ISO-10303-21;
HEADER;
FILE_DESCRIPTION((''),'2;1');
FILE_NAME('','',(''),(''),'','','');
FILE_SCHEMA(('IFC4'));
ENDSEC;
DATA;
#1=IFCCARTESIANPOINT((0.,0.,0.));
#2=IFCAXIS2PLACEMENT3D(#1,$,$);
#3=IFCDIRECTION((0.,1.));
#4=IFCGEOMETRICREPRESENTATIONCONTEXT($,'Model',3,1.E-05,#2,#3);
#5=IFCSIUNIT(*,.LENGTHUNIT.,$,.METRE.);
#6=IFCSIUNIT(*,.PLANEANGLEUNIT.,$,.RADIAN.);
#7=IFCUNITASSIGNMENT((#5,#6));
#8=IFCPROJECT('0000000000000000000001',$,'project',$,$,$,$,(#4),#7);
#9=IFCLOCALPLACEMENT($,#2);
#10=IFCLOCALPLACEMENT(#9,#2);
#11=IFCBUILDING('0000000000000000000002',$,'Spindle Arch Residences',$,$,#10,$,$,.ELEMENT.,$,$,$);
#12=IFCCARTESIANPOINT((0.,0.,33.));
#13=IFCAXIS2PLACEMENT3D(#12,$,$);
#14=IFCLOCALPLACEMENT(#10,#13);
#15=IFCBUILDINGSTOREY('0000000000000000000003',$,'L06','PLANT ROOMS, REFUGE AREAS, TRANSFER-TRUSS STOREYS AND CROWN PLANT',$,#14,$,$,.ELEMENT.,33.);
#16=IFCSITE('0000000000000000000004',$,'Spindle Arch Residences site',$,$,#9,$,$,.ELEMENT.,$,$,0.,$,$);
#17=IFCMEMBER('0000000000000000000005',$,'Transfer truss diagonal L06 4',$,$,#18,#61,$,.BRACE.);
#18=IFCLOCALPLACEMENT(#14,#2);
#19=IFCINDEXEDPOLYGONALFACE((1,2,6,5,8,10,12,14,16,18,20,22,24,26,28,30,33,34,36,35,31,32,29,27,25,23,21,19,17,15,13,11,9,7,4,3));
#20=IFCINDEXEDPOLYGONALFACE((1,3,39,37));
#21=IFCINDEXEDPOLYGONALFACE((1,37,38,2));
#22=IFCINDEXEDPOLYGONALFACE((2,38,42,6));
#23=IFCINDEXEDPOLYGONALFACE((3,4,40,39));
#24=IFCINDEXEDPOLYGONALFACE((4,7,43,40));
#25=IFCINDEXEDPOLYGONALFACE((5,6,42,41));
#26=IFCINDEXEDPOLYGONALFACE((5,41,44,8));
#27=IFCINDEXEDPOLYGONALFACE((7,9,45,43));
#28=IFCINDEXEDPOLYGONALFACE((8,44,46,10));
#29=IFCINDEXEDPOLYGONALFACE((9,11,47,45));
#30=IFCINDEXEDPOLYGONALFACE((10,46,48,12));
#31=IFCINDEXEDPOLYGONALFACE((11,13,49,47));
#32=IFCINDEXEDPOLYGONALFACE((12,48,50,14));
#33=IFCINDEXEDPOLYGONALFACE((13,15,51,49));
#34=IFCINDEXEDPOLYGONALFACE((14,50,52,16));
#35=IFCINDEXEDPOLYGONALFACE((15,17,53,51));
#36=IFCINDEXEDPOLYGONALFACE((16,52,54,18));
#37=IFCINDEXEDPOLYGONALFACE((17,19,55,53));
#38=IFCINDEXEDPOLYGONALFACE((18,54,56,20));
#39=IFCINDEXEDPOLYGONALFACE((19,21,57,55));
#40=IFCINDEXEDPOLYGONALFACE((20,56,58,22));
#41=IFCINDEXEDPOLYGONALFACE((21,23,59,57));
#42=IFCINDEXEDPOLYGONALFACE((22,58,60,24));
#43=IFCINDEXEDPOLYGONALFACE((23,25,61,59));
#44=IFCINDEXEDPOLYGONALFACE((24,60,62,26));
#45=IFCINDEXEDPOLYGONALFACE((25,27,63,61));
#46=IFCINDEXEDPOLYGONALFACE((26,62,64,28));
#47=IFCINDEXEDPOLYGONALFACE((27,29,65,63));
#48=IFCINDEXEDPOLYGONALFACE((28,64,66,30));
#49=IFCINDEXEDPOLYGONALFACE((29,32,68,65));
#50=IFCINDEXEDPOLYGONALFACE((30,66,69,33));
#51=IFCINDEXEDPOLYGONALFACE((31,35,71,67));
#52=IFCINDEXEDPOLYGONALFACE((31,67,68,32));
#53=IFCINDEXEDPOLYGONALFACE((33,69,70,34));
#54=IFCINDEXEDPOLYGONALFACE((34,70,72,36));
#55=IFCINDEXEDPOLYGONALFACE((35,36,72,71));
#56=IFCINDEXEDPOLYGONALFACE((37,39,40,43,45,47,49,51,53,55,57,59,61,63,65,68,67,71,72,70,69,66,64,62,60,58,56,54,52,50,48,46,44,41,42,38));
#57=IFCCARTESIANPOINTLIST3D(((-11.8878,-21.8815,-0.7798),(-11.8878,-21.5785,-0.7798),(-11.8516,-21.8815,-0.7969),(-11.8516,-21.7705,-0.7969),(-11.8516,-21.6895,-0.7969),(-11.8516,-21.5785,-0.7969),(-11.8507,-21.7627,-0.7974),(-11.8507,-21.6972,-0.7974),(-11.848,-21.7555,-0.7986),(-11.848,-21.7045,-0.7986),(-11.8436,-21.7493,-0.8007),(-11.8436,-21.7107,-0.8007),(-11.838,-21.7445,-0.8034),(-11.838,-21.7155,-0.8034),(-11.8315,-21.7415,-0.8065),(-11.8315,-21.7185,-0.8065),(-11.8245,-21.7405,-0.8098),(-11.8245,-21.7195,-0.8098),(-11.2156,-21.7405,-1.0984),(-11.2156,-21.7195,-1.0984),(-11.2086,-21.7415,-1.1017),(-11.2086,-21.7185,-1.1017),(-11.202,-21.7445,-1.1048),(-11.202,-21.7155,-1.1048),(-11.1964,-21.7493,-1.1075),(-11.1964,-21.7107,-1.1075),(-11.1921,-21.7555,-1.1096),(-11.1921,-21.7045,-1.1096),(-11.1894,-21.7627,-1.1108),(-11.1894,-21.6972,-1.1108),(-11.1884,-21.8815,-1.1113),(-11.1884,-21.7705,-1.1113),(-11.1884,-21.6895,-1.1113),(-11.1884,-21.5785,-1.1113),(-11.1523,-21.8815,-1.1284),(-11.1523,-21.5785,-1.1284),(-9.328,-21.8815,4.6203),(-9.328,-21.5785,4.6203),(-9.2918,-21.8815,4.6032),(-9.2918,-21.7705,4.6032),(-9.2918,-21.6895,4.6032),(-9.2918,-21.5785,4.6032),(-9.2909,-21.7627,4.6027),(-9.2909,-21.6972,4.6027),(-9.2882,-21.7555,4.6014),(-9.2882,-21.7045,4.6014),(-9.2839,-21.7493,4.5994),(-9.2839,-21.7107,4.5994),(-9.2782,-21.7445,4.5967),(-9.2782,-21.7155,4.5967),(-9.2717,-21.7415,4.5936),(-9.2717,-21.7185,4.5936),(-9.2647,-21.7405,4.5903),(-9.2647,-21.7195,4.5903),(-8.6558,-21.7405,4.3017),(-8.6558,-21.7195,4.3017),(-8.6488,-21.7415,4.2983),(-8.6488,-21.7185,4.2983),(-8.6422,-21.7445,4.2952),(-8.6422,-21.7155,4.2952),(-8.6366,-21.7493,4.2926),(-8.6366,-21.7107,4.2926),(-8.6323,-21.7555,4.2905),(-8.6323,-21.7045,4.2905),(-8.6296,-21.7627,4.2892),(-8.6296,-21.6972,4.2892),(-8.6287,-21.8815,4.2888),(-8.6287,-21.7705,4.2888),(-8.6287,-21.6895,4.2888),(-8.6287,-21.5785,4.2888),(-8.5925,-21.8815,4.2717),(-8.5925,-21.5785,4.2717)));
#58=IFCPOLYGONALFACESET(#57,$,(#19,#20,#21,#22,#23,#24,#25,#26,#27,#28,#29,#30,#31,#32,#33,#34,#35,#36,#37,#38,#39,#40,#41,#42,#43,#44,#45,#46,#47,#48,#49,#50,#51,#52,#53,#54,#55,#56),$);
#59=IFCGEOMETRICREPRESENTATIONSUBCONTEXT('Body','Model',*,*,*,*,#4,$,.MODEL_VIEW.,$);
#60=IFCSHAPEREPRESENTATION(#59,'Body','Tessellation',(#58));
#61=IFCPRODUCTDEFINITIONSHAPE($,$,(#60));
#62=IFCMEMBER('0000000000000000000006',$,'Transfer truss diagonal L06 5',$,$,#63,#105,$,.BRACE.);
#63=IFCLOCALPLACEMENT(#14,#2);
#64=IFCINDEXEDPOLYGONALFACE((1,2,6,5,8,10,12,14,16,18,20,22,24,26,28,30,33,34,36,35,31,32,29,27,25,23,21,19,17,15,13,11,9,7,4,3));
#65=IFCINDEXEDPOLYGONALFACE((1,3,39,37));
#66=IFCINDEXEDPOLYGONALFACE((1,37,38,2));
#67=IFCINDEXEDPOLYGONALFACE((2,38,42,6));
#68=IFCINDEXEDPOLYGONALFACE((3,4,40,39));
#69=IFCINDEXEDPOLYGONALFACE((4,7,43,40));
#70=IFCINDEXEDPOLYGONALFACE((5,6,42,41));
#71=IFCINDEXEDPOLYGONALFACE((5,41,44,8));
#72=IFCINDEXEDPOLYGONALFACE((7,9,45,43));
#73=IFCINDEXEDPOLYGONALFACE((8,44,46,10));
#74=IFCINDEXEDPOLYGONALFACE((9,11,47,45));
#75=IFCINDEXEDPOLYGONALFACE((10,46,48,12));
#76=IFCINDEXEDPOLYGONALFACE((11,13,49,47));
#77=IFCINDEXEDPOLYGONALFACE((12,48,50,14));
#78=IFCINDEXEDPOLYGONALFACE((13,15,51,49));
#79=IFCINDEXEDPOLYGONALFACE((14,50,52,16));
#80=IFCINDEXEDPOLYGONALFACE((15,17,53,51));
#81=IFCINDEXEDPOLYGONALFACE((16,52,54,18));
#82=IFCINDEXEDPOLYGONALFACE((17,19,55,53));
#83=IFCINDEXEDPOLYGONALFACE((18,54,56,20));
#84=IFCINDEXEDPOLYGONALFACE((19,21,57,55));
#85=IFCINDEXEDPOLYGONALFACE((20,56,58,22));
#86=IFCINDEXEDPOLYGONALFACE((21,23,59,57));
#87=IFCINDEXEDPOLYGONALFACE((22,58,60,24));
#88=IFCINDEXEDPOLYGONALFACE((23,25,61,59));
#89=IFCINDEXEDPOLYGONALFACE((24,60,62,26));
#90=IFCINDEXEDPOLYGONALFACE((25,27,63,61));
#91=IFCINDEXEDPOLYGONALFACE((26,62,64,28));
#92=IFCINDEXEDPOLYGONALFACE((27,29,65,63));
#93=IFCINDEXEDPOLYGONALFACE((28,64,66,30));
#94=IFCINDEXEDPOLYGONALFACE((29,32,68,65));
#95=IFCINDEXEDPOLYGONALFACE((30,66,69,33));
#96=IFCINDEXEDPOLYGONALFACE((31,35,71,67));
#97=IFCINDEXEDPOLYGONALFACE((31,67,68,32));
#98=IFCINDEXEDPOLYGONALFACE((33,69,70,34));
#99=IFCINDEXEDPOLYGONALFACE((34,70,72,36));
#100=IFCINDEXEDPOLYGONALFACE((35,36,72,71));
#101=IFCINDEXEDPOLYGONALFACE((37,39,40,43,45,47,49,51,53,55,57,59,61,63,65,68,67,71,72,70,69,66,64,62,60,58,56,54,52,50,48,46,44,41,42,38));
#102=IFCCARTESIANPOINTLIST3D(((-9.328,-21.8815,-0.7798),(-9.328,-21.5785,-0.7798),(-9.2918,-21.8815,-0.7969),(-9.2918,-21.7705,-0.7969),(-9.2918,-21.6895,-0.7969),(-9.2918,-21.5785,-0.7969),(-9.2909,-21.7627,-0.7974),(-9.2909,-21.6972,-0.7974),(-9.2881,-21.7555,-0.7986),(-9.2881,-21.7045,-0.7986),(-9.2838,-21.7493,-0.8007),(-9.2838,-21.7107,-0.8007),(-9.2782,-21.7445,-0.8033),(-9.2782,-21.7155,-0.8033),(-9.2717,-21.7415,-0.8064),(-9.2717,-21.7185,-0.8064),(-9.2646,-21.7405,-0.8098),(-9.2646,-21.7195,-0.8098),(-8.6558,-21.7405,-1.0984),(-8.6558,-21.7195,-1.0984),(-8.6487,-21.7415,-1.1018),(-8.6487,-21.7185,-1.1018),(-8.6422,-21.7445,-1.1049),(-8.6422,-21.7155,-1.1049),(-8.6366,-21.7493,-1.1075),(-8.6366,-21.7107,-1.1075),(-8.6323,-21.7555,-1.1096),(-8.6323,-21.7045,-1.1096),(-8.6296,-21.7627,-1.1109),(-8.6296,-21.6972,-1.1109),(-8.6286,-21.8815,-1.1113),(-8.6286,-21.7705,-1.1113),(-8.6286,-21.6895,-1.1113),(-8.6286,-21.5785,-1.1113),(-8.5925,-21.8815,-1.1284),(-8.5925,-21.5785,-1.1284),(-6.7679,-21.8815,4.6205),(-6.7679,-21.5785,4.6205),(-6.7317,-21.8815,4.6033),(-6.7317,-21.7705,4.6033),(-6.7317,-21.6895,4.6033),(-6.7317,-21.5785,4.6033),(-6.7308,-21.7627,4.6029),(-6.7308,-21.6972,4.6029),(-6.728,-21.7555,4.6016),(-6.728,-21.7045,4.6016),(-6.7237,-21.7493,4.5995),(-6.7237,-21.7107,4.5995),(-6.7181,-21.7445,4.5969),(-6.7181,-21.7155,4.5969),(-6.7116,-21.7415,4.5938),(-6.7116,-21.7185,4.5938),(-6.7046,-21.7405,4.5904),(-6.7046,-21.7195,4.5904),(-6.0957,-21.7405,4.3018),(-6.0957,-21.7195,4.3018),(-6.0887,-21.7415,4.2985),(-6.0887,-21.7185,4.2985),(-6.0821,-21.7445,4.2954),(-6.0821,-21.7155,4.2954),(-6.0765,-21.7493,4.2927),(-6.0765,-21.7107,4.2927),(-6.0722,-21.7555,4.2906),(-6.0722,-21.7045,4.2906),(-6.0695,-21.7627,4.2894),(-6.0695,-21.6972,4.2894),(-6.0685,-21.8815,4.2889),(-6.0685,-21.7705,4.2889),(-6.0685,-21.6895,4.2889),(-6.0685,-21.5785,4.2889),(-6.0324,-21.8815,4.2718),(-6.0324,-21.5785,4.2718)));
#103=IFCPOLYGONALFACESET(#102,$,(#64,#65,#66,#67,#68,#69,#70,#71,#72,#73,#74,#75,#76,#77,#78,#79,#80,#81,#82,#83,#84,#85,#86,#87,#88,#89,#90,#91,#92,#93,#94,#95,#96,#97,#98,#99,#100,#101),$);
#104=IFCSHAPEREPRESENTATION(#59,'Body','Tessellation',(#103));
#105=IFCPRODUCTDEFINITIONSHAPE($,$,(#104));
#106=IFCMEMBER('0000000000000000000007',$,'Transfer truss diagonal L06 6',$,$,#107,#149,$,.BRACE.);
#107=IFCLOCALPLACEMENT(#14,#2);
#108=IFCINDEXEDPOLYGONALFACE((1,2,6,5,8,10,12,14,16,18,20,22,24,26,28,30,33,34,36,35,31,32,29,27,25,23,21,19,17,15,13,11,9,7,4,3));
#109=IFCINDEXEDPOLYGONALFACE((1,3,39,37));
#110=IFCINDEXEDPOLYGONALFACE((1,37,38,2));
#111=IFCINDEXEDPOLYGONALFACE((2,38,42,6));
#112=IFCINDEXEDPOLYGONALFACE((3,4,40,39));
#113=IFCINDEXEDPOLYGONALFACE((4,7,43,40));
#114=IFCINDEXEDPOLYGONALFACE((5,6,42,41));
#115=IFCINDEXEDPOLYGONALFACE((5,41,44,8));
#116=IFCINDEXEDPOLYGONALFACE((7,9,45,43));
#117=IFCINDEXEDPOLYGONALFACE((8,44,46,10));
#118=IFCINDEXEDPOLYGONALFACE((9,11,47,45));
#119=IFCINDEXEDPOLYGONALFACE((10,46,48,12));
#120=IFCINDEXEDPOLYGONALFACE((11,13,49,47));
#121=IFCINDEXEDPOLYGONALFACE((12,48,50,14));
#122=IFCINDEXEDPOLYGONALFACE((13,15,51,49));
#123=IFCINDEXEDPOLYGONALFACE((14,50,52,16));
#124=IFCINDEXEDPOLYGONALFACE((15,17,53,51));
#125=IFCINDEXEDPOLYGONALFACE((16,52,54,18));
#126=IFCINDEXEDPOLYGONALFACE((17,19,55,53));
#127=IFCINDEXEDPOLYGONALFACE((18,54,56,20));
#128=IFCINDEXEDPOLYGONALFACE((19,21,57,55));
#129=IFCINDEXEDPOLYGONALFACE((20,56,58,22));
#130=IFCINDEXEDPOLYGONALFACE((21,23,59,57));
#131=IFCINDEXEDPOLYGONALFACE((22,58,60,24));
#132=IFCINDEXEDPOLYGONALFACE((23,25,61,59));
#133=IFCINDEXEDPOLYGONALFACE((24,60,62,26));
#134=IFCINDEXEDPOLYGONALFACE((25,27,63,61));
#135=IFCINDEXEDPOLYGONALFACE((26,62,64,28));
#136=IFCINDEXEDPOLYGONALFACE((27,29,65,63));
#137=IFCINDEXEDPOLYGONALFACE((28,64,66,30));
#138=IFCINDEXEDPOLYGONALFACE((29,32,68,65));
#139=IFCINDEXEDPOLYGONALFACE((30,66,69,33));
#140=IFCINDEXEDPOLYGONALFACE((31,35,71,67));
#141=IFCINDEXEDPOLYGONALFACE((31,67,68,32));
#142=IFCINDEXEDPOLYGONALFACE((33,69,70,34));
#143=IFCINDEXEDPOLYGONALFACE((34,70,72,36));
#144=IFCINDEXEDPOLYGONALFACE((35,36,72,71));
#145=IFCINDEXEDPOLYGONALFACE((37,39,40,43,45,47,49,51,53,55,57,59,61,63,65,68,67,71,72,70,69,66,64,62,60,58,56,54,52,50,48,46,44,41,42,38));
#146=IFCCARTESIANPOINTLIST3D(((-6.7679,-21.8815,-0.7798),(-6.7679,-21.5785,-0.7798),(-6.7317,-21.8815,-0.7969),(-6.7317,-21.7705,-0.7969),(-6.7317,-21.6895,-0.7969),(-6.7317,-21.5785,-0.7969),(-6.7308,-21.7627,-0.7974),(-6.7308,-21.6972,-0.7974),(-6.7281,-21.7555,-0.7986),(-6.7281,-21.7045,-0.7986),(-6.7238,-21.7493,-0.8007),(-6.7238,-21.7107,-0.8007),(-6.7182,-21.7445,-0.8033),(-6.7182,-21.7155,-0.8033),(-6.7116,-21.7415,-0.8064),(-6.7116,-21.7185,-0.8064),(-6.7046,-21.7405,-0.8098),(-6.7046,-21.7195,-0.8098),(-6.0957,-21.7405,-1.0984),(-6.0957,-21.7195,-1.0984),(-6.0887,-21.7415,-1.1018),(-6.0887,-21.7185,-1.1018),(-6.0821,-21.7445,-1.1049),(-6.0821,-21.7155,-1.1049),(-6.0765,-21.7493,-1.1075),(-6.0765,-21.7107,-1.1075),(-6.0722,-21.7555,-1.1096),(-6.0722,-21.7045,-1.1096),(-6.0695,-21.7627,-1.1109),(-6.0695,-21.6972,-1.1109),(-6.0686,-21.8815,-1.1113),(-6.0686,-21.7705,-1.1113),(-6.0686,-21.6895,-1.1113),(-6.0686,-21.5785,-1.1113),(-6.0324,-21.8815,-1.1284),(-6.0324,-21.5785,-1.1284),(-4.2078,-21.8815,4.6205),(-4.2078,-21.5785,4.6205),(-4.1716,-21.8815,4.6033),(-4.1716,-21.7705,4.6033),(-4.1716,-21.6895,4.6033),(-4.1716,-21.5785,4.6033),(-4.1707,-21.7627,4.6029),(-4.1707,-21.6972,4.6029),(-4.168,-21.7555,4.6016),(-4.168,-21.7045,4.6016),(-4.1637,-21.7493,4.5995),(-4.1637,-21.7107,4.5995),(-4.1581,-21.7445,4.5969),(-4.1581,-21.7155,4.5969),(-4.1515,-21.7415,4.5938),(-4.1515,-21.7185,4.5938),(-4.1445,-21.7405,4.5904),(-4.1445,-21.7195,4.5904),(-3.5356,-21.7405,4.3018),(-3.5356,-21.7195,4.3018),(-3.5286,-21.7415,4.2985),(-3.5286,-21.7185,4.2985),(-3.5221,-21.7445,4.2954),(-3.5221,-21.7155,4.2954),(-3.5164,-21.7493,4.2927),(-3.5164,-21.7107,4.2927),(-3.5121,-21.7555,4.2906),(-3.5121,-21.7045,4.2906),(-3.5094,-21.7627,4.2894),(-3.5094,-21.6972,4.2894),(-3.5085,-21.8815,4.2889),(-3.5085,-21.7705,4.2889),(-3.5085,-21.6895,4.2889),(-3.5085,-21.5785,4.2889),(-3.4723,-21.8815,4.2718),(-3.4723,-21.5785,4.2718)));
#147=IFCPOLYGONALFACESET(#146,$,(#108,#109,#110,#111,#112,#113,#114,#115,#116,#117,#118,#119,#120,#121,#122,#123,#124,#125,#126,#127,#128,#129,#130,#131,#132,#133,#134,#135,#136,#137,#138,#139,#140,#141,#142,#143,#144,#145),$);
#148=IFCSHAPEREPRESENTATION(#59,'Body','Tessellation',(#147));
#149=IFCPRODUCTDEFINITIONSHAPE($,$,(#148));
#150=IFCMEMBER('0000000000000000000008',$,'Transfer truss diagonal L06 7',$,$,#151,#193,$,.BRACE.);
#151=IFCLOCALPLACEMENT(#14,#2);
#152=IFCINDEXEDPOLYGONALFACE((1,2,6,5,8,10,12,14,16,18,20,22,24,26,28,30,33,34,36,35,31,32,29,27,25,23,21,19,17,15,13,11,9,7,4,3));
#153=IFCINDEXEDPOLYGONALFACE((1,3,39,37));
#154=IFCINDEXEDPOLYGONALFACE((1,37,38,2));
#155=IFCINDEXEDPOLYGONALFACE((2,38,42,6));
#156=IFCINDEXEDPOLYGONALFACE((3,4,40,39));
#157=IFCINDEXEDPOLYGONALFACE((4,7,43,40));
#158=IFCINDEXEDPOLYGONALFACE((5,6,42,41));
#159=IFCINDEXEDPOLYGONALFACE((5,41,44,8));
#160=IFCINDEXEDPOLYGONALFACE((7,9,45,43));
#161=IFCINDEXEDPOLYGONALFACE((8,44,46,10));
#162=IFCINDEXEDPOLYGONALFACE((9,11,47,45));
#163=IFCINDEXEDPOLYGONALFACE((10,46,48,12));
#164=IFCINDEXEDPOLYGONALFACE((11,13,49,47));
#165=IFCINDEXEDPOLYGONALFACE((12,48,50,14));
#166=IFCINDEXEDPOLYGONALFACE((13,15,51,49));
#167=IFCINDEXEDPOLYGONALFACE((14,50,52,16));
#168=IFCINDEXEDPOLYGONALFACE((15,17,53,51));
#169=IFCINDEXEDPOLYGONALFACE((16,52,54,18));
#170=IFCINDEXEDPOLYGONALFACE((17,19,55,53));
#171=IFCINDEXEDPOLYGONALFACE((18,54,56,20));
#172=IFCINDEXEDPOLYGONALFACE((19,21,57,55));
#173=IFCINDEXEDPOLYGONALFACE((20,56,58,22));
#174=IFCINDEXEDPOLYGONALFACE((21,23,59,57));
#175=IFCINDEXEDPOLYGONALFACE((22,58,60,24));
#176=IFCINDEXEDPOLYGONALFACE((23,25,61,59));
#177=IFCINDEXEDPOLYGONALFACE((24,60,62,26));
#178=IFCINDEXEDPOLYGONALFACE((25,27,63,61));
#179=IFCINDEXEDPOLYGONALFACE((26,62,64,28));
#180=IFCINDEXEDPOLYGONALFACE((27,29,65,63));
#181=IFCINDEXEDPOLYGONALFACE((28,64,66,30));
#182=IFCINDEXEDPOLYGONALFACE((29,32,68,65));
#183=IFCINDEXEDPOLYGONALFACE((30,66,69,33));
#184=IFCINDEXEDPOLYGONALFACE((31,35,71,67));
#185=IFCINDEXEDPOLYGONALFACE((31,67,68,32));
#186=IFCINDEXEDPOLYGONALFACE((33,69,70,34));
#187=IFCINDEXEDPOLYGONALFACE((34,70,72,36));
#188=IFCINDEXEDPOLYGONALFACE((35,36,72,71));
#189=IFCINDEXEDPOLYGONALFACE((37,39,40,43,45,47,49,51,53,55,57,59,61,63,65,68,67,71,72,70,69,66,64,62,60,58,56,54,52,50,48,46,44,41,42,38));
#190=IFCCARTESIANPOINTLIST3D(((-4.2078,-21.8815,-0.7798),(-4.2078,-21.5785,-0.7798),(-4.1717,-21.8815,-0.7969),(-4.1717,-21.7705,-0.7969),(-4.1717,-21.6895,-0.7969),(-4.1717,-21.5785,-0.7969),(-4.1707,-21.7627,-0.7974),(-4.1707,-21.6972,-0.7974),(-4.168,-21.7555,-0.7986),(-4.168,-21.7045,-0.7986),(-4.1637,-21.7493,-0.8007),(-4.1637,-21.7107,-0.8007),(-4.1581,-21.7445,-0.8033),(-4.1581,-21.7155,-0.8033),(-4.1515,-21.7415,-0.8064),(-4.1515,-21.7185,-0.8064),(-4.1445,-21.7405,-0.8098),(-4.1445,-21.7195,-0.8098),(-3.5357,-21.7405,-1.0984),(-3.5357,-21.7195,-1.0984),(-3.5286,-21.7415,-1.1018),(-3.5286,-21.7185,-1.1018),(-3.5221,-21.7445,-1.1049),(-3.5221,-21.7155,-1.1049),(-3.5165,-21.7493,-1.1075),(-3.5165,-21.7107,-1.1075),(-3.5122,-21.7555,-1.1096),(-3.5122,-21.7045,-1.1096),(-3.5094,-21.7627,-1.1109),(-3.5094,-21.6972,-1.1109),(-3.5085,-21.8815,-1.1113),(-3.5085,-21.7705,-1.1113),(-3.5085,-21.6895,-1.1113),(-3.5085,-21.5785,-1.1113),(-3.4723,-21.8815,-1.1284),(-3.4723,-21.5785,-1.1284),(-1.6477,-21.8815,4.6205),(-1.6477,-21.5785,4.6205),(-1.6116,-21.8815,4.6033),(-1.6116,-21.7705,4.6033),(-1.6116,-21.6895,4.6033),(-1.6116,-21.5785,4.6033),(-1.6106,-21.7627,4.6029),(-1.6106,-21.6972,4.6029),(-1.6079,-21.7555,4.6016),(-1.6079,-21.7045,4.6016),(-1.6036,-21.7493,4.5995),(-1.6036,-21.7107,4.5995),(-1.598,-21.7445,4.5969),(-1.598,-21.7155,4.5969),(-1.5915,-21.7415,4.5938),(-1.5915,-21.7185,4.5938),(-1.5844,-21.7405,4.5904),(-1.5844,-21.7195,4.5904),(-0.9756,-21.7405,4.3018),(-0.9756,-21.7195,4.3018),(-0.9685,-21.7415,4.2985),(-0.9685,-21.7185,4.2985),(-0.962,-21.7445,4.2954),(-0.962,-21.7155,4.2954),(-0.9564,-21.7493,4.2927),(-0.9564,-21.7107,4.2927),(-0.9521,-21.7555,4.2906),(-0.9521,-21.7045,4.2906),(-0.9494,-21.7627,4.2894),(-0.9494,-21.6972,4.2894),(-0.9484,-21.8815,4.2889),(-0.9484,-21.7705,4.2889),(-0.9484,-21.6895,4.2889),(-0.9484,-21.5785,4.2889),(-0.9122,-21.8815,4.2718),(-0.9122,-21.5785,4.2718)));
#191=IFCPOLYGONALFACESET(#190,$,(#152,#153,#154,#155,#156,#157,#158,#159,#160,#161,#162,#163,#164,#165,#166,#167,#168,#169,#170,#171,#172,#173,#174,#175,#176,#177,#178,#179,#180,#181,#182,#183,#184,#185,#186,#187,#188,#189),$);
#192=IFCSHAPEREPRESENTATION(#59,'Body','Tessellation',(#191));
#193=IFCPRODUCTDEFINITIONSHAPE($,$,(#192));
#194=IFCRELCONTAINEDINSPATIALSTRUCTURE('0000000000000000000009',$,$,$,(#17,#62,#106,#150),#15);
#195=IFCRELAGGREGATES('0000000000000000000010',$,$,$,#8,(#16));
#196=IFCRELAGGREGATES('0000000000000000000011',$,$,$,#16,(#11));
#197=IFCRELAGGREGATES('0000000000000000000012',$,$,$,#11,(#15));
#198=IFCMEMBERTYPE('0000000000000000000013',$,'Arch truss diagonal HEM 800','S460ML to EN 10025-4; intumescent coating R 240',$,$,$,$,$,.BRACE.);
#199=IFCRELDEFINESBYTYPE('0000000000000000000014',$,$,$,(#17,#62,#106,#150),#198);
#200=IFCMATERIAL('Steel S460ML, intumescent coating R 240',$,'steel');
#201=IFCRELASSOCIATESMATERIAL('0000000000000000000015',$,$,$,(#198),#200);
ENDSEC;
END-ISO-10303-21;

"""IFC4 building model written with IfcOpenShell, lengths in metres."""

from ifc_helpers import new_model, si_unit, direction, frame, origin, origin_2d, place, context, subcontext, project, spatial, i_section, extrude, material, material_profile, profile_set, type_object, element, save


model = new_model("IFC4")

# Units and contexts
model_context = context("Model", 3, precision=1e-05, world=origin(), true_north=direction((0.0, 1.0)))
body_context = subcontext(model_context, "Body", "Model", "MODEL_VIEW")
ifc_project = project(units=[si_unit("LENGTHUNIT", "METRE"), si_unit("PLANEANGLEUNIT", "RADIAN")], contexts=[model_context])

# Site, building, storey
site_placement = place(None, origin())
site = spatial("IfcSite", under=ifc_project, at=site_placement, Name="Spindle Arch Residences site", CompositionType="ELEMENT", RefElevation=0.0)
building_placement = place(site_placement, origin())
building = spatial("IfcBuilding", under=site, at=building_placement, Name="Spindle Arch Residences", CompositionType="ELEMENT")
storey_placement = place(building_placement, frame((0.0, 0.0, 33.0)))
storey = spatial("IfcBuildingStorey", under=building, at=storey_placement, Name="L06", Description="PLANT ROOMS, REFUGE AREAS, TRANSFER-TRUSS STOREYS AND CROWN PLANT", CompositionType="ELEMENT", Elevation=33.0)

# Members
ifc_material_1 = material(Name="Steel S460ML, intumescent coating R 240", Category="steel")
ifc_material_profile_1 = material_profile(ifc_material_1, i_section(OverallWidth=0.303, OverallDepth=0.814, WebThickness=0.021, FlangeThickness=0.04, FilletRadius=0.03, at=origin_2d()), Name="HEM 800")
ifc_profile_set_1 = profile_set([ifc_material_profile_1], Name="Steel S460ML, intumescent coating R 240")
member_type_1 = type_object("IfcMemberType", Name="Arch truss diagonal HEM 800", Description="S460ML to EN 10025-4; intumescent coating R 240", PredefinedType="BRACE", material=ifc_profile_set_1)
member_placement = place(storey_placement, frame((-11.52, -21.73, -0.9541), z_axis=(0.428339, 0.0, 0.903618), x_axis=(0.0, 1.0, 0.0)))
element("IfcMember", 1, at=member_placement, inside=storey, type_object=member_type_1, Name="Transfer truss diagonal L06 4", PredefinedType="BRACE", context=body_context, shape_type="SweptSolid", body=[
    extrude(i_section(OverallWidth=0.303, OverallDepth=0.814, WebThickness=0.021, FlangeThickness=0.04, FilletRadius=0.03, at=origin_2d()), origin(), (0.0, 0.0, 1.0), 5.9761),
])
for number, where, z_axis, x_axis, name in (
    (2, (-8.9602, -21.73, -0.9541), (0.428373, 0.0, 0.903602), (0.0, 1.0, 0.0), "Transfer truss diagonal L06 5"),
    (3, (-6.4001, -21.73, -0.9541), (0.428373, 0.0, 0.903602), (0.0, 1.0, 0.0), "Transfer truss diagonal L06 6"),
    (4, (-3.8401, -21.73, -0.9541), (0.428373, 0.0, 0.903602), (0.0, 1.0, 0.0), "Transfer truss diagonal L06 7"),
):
    element("IfcMember", number, at=place(storey_placement, frame(where, z_axis=z_axis, x_axis=x_axis)), inside=storey, type_object=member_type_1, Name=name, PredefinedType="BRACE", context=body_context, shape_type="SweptSolid", body=[
        extrude(i_section(OverallWidth=0.303, OverallDepth=0.814, WebThickness=0.021, FlangeThickness=0.04, FilletRadius=0.03, at=origin_2d()), origin(), (0.0, 0.0, 1.0), 5.9763),
    ])

save(model, "model.ifc")
